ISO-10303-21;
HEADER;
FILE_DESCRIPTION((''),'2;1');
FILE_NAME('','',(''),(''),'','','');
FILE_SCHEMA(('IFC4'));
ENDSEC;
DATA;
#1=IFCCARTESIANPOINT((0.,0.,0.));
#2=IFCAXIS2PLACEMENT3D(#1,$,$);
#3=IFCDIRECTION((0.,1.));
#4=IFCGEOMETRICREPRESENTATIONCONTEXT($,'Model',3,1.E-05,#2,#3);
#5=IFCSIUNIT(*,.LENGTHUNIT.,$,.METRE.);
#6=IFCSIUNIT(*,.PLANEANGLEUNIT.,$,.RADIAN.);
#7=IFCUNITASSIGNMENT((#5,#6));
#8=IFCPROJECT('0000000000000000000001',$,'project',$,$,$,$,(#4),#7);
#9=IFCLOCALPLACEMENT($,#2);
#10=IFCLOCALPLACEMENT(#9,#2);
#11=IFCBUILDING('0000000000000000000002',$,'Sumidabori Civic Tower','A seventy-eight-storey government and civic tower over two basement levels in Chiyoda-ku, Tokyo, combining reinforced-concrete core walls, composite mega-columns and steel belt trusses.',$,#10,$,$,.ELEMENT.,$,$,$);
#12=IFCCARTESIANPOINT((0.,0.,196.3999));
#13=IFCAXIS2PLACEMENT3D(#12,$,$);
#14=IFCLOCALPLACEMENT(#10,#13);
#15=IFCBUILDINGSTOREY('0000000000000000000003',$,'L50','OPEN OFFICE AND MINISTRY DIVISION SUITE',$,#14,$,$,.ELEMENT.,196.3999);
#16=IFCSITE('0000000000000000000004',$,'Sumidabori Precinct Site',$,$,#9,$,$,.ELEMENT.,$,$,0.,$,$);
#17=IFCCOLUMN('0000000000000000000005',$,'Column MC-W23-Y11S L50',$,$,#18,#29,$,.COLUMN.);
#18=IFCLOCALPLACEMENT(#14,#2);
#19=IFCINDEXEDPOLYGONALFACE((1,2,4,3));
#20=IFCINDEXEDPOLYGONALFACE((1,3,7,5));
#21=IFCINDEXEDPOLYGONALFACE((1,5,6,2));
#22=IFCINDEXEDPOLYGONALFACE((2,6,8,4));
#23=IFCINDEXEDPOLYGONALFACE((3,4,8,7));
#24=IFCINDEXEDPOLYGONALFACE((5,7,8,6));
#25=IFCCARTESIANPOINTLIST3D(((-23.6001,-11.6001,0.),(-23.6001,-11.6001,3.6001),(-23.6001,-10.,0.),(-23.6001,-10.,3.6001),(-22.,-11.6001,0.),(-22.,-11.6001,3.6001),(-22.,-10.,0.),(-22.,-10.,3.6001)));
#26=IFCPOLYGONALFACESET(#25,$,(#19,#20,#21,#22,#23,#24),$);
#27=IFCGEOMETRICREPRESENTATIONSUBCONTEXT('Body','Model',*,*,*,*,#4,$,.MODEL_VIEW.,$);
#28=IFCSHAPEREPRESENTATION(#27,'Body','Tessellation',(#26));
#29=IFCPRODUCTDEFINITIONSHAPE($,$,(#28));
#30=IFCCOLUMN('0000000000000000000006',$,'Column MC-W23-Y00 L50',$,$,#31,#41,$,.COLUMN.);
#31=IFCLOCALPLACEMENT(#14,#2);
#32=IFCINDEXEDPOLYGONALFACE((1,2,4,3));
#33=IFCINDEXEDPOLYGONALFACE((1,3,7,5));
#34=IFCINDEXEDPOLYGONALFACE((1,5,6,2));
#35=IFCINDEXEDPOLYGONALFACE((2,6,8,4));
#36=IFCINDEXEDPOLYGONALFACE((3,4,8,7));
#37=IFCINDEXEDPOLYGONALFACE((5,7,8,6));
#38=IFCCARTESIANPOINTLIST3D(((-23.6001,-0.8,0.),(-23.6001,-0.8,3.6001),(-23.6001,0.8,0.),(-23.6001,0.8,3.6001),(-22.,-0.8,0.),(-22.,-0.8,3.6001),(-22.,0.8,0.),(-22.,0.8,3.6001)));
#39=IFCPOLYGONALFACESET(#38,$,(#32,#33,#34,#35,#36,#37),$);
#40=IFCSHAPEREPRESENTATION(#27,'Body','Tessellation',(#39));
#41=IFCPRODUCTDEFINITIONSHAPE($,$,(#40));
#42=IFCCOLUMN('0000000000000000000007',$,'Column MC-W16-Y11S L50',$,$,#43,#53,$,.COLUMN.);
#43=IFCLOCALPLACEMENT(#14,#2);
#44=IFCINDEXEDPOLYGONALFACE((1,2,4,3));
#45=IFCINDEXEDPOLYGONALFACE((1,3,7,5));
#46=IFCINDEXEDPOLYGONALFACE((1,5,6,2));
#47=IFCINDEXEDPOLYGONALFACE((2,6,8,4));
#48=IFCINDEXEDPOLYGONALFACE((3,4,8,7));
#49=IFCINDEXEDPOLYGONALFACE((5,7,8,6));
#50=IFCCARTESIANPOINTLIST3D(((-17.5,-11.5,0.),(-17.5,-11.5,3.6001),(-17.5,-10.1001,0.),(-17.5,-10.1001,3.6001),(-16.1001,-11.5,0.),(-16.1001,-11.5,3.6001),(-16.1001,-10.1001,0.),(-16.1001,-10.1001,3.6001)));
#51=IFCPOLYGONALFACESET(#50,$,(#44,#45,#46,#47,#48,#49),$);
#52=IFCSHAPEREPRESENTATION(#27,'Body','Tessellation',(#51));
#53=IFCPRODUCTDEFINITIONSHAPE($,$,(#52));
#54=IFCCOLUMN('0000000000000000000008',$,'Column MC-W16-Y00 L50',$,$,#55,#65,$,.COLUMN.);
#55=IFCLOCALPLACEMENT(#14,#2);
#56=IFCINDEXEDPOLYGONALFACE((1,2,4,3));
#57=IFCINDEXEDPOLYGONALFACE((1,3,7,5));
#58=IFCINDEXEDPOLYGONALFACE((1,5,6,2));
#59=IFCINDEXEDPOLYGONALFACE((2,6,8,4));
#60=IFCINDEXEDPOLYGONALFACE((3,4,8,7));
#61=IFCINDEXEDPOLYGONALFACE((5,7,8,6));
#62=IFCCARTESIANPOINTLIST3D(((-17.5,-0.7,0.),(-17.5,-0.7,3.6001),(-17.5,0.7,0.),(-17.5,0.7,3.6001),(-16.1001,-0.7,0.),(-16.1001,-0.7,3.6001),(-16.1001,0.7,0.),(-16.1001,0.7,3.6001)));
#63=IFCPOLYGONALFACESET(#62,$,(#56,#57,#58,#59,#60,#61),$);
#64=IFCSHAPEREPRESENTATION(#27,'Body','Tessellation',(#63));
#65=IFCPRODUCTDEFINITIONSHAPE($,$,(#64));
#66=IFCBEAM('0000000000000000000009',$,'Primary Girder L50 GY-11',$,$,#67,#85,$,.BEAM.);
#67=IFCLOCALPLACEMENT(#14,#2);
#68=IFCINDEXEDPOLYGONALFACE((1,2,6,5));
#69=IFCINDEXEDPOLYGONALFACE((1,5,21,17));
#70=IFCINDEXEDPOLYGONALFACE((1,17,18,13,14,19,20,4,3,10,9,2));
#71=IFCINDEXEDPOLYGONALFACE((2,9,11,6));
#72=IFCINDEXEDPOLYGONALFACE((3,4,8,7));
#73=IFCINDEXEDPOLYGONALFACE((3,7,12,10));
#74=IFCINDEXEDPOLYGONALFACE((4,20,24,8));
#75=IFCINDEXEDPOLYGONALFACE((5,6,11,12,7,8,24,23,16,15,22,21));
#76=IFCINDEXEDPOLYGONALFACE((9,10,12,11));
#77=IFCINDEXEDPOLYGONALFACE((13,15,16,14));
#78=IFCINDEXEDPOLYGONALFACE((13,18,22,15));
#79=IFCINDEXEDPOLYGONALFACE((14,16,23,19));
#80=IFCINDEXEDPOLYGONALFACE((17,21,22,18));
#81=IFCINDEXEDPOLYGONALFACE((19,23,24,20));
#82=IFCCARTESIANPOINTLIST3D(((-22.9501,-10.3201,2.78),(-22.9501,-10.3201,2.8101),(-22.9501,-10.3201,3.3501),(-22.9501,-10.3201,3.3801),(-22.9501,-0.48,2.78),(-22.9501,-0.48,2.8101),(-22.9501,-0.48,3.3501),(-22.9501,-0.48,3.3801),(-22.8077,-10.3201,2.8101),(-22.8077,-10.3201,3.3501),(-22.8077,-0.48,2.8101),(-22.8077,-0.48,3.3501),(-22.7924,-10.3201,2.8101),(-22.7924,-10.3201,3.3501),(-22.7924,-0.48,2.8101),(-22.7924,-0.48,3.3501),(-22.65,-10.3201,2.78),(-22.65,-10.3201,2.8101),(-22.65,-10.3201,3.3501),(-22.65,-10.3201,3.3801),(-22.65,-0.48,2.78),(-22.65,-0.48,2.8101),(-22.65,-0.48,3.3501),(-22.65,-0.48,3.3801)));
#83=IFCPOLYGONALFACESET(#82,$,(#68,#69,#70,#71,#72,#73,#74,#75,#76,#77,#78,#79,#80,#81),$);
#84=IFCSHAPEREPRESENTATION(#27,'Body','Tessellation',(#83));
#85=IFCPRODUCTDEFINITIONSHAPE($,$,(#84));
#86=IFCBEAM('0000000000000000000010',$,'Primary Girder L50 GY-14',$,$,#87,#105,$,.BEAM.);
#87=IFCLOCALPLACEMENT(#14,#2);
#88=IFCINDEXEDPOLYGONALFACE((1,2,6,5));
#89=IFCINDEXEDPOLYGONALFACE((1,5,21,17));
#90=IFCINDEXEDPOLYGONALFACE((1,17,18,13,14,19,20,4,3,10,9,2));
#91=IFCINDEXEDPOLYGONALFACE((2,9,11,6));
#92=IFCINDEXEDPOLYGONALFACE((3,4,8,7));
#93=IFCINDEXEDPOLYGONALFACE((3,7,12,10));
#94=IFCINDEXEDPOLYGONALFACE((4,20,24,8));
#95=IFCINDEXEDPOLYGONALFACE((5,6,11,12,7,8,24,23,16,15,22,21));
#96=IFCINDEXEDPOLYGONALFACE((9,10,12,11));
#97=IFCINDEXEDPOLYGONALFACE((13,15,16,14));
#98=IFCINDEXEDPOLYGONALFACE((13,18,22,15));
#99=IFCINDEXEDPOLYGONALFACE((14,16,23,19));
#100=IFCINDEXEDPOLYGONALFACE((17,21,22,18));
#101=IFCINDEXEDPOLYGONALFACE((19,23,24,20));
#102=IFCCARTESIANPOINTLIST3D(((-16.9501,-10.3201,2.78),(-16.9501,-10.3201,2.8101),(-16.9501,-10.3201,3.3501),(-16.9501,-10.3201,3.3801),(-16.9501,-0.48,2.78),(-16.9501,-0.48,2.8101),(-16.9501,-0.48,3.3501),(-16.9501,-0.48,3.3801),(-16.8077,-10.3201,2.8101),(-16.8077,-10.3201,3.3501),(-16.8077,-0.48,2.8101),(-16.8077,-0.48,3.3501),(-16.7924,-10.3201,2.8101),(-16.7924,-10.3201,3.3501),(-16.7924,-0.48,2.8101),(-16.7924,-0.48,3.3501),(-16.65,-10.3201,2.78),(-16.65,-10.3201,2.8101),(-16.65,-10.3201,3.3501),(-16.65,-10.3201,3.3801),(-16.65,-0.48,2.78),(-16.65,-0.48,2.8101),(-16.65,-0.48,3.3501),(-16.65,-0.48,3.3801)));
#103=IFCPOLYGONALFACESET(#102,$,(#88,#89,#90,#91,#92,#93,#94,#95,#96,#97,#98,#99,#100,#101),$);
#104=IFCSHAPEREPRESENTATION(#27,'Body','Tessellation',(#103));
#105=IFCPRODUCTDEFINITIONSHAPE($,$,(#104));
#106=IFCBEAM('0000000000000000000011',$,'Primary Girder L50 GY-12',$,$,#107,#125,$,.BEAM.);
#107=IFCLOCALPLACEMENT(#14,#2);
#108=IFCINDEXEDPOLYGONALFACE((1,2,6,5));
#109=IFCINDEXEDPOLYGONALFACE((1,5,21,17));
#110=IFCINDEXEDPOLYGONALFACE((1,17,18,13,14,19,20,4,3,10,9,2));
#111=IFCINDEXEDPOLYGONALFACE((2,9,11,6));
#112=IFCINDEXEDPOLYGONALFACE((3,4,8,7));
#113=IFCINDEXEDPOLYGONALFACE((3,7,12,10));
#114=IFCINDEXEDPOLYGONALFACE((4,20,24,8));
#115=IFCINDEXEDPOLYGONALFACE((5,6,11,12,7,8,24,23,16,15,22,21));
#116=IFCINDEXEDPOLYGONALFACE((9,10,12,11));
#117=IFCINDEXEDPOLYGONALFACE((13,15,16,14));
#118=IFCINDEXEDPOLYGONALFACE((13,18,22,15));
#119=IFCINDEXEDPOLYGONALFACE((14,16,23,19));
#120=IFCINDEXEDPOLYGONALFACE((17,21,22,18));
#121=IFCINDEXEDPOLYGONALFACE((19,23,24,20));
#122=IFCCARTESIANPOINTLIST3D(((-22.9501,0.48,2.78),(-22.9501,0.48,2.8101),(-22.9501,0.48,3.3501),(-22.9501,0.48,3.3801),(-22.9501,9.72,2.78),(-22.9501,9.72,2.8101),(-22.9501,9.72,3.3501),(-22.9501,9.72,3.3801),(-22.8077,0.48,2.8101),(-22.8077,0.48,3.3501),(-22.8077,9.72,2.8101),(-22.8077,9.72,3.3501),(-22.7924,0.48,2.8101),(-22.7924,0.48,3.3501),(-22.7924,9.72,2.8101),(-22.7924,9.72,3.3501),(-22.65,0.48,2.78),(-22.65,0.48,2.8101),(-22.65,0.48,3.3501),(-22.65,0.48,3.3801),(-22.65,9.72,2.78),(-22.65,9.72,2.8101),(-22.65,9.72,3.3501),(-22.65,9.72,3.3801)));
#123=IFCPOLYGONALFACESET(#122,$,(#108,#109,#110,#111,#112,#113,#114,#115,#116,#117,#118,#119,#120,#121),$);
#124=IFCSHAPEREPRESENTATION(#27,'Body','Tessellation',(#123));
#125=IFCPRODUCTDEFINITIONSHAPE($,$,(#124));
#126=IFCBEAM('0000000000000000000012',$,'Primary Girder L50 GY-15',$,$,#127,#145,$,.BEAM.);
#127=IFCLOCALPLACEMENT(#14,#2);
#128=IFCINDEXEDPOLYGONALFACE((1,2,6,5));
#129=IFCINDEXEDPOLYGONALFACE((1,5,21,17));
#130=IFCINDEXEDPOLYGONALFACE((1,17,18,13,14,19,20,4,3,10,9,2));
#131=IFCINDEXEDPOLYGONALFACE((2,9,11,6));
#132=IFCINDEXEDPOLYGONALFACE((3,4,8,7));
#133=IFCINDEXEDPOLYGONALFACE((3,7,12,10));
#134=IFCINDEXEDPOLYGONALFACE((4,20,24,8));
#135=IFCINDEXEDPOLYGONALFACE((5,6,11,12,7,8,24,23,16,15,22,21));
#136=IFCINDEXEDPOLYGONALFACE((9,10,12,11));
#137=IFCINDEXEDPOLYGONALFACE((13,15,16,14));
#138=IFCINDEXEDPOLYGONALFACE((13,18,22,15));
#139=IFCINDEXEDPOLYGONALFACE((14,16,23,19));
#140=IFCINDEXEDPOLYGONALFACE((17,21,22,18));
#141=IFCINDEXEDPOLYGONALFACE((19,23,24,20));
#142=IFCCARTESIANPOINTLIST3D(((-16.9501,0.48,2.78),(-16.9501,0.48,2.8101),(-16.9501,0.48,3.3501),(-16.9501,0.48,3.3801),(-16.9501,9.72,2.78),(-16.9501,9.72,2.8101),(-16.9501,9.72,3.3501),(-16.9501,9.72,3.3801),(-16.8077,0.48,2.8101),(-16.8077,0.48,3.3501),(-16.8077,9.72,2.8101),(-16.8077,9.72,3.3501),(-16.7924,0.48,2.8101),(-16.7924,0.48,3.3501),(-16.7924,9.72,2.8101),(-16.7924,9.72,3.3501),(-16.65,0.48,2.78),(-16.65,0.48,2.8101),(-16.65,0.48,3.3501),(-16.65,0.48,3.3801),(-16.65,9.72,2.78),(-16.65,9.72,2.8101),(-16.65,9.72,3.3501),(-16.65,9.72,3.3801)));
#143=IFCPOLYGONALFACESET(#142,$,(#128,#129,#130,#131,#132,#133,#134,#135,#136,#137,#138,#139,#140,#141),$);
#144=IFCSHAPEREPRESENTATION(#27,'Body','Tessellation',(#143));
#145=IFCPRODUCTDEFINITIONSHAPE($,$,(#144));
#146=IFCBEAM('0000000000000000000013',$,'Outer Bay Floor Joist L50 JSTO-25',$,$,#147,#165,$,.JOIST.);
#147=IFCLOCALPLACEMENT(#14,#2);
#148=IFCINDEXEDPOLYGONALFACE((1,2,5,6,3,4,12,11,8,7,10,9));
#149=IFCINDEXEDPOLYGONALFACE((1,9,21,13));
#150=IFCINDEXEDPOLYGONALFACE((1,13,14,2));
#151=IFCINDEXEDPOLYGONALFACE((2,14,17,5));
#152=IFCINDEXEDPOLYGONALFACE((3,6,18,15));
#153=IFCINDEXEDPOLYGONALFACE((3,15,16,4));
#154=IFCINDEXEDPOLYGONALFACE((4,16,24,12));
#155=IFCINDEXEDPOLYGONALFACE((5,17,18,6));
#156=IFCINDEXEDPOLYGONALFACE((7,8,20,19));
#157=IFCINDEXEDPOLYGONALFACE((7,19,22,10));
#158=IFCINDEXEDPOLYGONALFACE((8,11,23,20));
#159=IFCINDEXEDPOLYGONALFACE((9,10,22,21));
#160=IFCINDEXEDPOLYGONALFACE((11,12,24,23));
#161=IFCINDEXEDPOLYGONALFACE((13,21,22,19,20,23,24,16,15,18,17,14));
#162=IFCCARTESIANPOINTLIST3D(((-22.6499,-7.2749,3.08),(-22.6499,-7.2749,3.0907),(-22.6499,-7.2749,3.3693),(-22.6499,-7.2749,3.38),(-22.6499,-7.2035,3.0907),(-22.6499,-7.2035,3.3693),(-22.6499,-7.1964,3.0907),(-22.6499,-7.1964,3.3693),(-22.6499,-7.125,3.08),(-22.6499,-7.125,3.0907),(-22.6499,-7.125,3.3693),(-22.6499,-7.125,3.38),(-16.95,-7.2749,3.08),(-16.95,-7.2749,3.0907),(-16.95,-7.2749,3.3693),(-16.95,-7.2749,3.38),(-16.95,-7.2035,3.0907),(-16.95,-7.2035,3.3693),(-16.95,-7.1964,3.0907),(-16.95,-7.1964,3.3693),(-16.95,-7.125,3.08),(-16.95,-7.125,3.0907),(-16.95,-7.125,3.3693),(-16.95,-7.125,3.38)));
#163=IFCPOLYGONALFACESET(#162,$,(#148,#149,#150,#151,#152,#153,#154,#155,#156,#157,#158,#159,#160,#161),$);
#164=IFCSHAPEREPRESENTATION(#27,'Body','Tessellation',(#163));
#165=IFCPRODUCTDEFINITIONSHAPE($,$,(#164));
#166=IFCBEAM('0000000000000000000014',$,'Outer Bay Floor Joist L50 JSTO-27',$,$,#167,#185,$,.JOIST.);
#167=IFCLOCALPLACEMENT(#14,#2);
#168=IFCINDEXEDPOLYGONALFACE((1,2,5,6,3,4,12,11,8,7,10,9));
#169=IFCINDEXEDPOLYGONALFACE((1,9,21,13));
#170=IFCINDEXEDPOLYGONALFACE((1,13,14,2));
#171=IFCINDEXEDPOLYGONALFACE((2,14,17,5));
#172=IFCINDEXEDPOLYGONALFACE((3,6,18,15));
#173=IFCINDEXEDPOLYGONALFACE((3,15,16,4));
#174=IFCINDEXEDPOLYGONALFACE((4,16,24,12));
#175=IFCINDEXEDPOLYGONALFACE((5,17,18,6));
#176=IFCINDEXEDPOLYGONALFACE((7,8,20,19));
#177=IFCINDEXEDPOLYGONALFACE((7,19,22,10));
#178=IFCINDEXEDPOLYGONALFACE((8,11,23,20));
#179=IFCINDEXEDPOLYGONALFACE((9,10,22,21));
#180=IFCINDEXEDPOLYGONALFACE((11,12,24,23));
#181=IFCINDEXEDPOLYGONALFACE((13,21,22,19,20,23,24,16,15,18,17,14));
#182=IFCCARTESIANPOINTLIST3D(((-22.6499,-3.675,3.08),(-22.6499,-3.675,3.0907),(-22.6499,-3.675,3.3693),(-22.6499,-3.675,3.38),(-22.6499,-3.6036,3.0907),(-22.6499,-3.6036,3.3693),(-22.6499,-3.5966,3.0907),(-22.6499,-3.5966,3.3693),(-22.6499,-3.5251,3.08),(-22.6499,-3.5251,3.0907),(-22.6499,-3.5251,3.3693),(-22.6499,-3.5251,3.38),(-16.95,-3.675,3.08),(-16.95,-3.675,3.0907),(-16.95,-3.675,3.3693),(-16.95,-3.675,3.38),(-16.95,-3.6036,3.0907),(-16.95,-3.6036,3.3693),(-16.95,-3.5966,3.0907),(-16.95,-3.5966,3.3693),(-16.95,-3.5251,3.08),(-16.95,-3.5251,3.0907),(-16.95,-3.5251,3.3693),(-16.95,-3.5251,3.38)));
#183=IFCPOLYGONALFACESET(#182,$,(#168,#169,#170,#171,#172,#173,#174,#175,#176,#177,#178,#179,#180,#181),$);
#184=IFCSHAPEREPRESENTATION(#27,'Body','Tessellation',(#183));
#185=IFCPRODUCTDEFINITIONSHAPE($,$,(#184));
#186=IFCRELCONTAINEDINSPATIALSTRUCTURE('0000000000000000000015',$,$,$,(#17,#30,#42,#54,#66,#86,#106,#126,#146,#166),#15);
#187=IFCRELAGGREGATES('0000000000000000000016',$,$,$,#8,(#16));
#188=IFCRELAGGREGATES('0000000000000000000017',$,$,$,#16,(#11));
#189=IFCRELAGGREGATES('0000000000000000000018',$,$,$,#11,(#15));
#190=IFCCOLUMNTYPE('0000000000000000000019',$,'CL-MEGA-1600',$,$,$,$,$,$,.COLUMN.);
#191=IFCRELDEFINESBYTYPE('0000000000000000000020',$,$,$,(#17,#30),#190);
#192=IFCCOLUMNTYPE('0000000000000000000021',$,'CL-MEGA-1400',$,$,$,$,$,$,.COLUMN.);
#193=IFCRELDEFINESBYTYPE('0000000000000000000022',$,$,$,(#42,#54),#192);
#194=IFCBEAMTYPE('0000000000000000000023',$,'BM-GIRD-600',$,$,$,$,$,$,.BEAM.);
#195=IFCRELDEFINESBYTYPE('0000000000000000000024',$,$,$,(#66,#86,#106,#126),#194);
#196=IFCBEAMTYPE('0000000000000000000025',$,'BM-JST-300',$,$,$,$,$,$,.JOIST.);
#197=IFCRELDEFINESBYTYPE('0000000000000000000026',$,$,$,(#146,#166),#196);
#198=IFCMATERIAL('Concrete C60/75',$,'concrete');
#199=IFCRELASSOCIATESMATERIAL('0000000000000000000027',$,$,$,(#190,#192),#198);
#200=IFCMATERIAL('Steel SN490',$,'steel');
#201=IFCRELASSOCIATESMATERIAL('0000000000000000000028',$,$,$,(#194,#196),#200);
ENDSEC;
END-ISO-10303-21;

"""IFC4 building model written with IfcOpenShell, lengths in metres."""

from ifc_helpers import new_model, si_unit, direction, frame, origin, origin_2d, place, context, subcontext, project, spatial, rectangle, i_section, extrude, source, transform, mapped, material, material_profile, profile_set, type_object, element, save


model = new_model("IFC4")

# Units and contexts
model_context = context("Model", 3, precision=1e-05, world=origin(), true_north=direction((0.0, 1.0)))
body_context = subcontext(model_context, "Body", "Model", "MODEL_VIEW")
ifc_project = project(units=[si_unit("LENGTHUNIT", "METRE"), si_unit("PLANEANGLEUNIT", "RADIAN")], contexts=[model_context])

# Site, building, storey
site_placement = place(None, origin())
site = spatial("IfcSite", under=ifc_project, at=site_placement, Name="Sumidabori Precinct Site", CompositionType="ELEMENT", RefElevation=0.0)
building_placement = place(site_placement, origin())
building = spatial("IfcBuilding", under=site, at=building_placement, Name="Sumidabori Civic Tower", Description="A seventy-eight-storey government and civic tower over two basement levels in Chiyoda-ku, Tokyo, combining reinforced-concrete core walls, composite mega-columns and steel belt trusses.", CompositionType="ELEMENT")
storey_placement = place(building_placement, frame((0.0, 0.0, 196.3999)))
storey = spatial("IfcBuildingStorey", under=building, at=storey_placement, Name="L50", Description="OPEN OFFICE AND MINISTRY DIVISION SUITE", CompositionType="ELEMENT", Elevation=196.3999)

# Columns
ifc_material_1 = material(Name="Concrete C60/75", Category="concrete")
ifc_material_profile_1 = material_profile(ifc_material_1, rectangle(XDim=1.6001, YDim=1.6001, at=origin_2d()), Name="RC 1600x1600")
ifc_profile_set_1 = profile_set([ifc_material_profile_1], Name="Concrete C60/75")
column_type_1 = type_object("IfcColumnType", Name="CL-MEGA-1600", PredefinedType="COLUMN", material=ifc_profile_set_1)
shared_shape_1 = source(origin(), body_context, "Body", "SweptSolid", [
    extrude(rectangle(XDim=1.6001, YDim=1.6001, at=origin_2d()), origin(), (0.0, 0.0, 1.0), 3.6001),
])
for number, where, z_axis, x_axis, name in (
    (1, (-22.8, -10.8, 0.0), (0.0, 0.0, 1.0), (1.0, 0.0, 0.0), "Column MC-W23-Y11S L50"),
    (2, (-22.8, 0.0, 0.0), (0.0, 0.0, 1.0), (1.0, 0.0, 0.0), "Column MC-W23-Y00 L50"),
):
    element("IfcColumn", number, at=place(storey_placement, frame(where, z_axis=z_axis, x_axis=x_axis)), inside=storey, type_object=column_type_1, Name=name, PredefinedType="COLUMN", context=body_context, shape_type="MappedRepresentation", body=[
        mapped(shared_shape_1, transform((0.0, 0.0, 0.0), x_axis=(1.0, 0.0, 0.0), y_axis=(0.0, 1.0, 0.0), z_axis=(0.0, 0.0, 1.0), scale=1.0)),
    ])
ifc_material_profile_2 = material_profile(ifc_material_1, rectangle(XDim=1.3999, YDim=1.3999, at=origin_2d()), Name="RC 1400x1400")
ifc_profile_set_2 = profile_set([ifc_material_profile_2], Name="Concrete C60/75")
column_type_2 = type_object("IfcColumnType", Name="CL-MEGA-1400", PredefinedType="COLUMN", material=ifc_profile_set_2)
shared_shape_2 = source(origin(), body_context, "Body", "SweptSolid", [
    extrude(rectangle(XDim=1.3999, YDim=1.3999, at=origin_2d()), origin(), (0.0, 0.0, 1.0), 3.6001),
])
for number, where, z_axis, x_axis, name in (
    (3, (-16.8, -10.8, 0.0), (0.0, 0.0, 1.0), (1.0, 0.0, 0.0), "Column MC-W16-Y11S L50"),
    (4, (-16.8, 0.0, 0.0), (0.0, 0.0, 1.0), (1.0, 0.0, 0.0), "Column MC-W16-Y00 L50"),
):
    element("IfcColumn", number, at=place(storey_placement, frame(where, z_axis=z_axis, x_axis=x_axis)), inside=storey, type_object=column_type_2, Name=name, PredefinedType="COLUMN", context=body_context, shape_type="MappedRepresentation", body=[
        mapped(shared_shape_2, transform((0.0, 0.0, 0.0), x_axis=(1.0, 0.0, 0.0), y_axis=(0.0, 1.0, 0.0), z_axis=(0.0, 0.0, 1.0), scale=1.0)),
    ])

# Beams
ifc_material_2 = material(Name="Steel SN490", Category="steel")
ifc_material_profile_3 = material_profile(ifc_material_2, i_section(OverallWidth=0.3, OverallDepth=0.6001, WebThickness=0.0154, FlangeThickness=0.03, at=origin_2d()), Name="HE 600 B")
ifc_profile_set_3 = profile_set([ifc_material_profile_3], Name="Steel SN490")
beam_type_1 = type_object("IfcBeamType", Name="BM-GIRD-600", PredefinedType="BEAM", material=ifc_profile_set_3)
shared_shape_3 = source(origin(), body_context, "Body", "SweptSolid", [
    extrude(i_section(OverallWidth=0.3, OverallDepth=0.6001, WebThickness=0.0154, FlangeThickness=0.03, at=origin_2d()), origin(), (0.0, 0.0, 1.0), 9.8401),
])
for number, where, z_axis, x_axis, name in (
    (5, (-22.8, -10.3201, 3.0801), (0.0, 1.0, 0.0), (-1.0, 0.0, 0.0), "Primary Girder L50 GY-11"),
    (6, (-16.8, -10.3201, 3.0801), (0.0, 1.0, 0.0), (-1.0, 0.0, 0.0), "Primary Girder L50 GY-14"),
):
    element("IfcBeam", number, at=place(storey_placement, frame(where, z_axis=z_axis, x_axis=x_axis)), inside=storey, type_object=beam_type_1, Name=name, PredefinedType="BEAM", context=body_context, shape_type="MappedRepresentation", body=[
        mapped(shared_shape_3, transform((0.0, 0.0, 0.0), x_axis=(1.0, 0.0, 0.0), y_axis=(0.0, 1.0, 0.0), z_axis=(0.0, 0.0, 1.0), scale=1.0)),
    ])
shared_shape_4 = source(origin(), body_context, "Body", "SweptSolid", [
    extrude(i_section(OverallWidth=0.3, OverallDepth=0.6001, WebThickness=0.0154, FlangeThickness=0.03, at=origin_2d()), origin(), (0.0, 0.0, 1.0), 9.24),
])
for number, where, z_axis, x_axis, name in (
    (7, (-22.8, 0.48, 3.0801), (0.0, 1.0, 0.0), (-1.0, 0.0, 0.0), "Primary Girder L50 GY-12"),
    (8, (-16.8, 0.48, 3.0801), (0.0, 1.0, 0.0), (-1.0, 0.0, 0.0), "Primary Girder L50 GY-15"),
):
    element("IfcBeam", number, at=place(storey_placement, frame(where, z_axis=z_axis, x_axis=x_axis)), inside=storey, type_object=beam_type_1, Name=name, PredefinedType="BEAM", context=body_context, shape_type="MappedRepresentation", body=[
        mapped(shared_shape_4, transform((0.0, 0.0, 0.0), x_axis=(1.0, 0.0, 0.0), y_axis=(0.0, 1.0, 0.0), z_axis=(0.0, 0.0, 1.0), scale=1.0)),
    ])
ifc_material_profile_4 = material_profile(ifc_material_2, i_section(OverallWidth=0.1499, OverallDepth=0.3, WebThickness=0.0071, FlangeThickness=0.0107, at=origin_2d()), Name="IPE 300")
ifc_profile_set_4 = profile_set([ifc_material_profile_4], Name="Steel SN490")
beam_type_2 = type_object("IfcBeamType", Name="BM-JST-300", PredefinedType="JOIST", material=ifc_profile_set_4)
shared_shape_5 = source(origin(), body_context, "Body", "SweptSolid", [
    extrude(i_section(OverallWidth=0.1499, OverallDepth=0.3, WebThickness=0.0071, FlangeThickness=0.0107, at=origin_2d()), origin(), (0.0, 0.0, 1.0), 5.7),
])
for number, where, z_axis, x_axis, name in (
    (9, (-22.6499, -7.2, 3.23), (1.0, 0.0, 0.0), (0.0, 1.0, 0.0), "Outer Bay Floor Joist L50 JSTO-25"),
    (10, (-22.6499, -3.6001, 3.23), (1.0, 0.0, 0.0), (0.0, 1.0, 0.0), "Outer Bay Floor Joist L50 JSTO-27"),
):
    element("IfcBeam", number, at=place(storey_placement, frame(where, z_axis=z_axis, x_axis=x_axis)), inside=storey, type_object=beam_type_2, Name=name, PredefinedType="JOIST", context=body_context, shape_type="MappedRepresentation", body=[
        mapped(shared_shape_5, transform((0.0, 0.0, 0.0), x_axis=(1.0, 0.0, 0.0), y_axis=(0.0, 1.0, 0.0), z_axis=(0.0, 0.0, 1.0), scale=1.0)),
    ])

save(model, "model.ifc")
